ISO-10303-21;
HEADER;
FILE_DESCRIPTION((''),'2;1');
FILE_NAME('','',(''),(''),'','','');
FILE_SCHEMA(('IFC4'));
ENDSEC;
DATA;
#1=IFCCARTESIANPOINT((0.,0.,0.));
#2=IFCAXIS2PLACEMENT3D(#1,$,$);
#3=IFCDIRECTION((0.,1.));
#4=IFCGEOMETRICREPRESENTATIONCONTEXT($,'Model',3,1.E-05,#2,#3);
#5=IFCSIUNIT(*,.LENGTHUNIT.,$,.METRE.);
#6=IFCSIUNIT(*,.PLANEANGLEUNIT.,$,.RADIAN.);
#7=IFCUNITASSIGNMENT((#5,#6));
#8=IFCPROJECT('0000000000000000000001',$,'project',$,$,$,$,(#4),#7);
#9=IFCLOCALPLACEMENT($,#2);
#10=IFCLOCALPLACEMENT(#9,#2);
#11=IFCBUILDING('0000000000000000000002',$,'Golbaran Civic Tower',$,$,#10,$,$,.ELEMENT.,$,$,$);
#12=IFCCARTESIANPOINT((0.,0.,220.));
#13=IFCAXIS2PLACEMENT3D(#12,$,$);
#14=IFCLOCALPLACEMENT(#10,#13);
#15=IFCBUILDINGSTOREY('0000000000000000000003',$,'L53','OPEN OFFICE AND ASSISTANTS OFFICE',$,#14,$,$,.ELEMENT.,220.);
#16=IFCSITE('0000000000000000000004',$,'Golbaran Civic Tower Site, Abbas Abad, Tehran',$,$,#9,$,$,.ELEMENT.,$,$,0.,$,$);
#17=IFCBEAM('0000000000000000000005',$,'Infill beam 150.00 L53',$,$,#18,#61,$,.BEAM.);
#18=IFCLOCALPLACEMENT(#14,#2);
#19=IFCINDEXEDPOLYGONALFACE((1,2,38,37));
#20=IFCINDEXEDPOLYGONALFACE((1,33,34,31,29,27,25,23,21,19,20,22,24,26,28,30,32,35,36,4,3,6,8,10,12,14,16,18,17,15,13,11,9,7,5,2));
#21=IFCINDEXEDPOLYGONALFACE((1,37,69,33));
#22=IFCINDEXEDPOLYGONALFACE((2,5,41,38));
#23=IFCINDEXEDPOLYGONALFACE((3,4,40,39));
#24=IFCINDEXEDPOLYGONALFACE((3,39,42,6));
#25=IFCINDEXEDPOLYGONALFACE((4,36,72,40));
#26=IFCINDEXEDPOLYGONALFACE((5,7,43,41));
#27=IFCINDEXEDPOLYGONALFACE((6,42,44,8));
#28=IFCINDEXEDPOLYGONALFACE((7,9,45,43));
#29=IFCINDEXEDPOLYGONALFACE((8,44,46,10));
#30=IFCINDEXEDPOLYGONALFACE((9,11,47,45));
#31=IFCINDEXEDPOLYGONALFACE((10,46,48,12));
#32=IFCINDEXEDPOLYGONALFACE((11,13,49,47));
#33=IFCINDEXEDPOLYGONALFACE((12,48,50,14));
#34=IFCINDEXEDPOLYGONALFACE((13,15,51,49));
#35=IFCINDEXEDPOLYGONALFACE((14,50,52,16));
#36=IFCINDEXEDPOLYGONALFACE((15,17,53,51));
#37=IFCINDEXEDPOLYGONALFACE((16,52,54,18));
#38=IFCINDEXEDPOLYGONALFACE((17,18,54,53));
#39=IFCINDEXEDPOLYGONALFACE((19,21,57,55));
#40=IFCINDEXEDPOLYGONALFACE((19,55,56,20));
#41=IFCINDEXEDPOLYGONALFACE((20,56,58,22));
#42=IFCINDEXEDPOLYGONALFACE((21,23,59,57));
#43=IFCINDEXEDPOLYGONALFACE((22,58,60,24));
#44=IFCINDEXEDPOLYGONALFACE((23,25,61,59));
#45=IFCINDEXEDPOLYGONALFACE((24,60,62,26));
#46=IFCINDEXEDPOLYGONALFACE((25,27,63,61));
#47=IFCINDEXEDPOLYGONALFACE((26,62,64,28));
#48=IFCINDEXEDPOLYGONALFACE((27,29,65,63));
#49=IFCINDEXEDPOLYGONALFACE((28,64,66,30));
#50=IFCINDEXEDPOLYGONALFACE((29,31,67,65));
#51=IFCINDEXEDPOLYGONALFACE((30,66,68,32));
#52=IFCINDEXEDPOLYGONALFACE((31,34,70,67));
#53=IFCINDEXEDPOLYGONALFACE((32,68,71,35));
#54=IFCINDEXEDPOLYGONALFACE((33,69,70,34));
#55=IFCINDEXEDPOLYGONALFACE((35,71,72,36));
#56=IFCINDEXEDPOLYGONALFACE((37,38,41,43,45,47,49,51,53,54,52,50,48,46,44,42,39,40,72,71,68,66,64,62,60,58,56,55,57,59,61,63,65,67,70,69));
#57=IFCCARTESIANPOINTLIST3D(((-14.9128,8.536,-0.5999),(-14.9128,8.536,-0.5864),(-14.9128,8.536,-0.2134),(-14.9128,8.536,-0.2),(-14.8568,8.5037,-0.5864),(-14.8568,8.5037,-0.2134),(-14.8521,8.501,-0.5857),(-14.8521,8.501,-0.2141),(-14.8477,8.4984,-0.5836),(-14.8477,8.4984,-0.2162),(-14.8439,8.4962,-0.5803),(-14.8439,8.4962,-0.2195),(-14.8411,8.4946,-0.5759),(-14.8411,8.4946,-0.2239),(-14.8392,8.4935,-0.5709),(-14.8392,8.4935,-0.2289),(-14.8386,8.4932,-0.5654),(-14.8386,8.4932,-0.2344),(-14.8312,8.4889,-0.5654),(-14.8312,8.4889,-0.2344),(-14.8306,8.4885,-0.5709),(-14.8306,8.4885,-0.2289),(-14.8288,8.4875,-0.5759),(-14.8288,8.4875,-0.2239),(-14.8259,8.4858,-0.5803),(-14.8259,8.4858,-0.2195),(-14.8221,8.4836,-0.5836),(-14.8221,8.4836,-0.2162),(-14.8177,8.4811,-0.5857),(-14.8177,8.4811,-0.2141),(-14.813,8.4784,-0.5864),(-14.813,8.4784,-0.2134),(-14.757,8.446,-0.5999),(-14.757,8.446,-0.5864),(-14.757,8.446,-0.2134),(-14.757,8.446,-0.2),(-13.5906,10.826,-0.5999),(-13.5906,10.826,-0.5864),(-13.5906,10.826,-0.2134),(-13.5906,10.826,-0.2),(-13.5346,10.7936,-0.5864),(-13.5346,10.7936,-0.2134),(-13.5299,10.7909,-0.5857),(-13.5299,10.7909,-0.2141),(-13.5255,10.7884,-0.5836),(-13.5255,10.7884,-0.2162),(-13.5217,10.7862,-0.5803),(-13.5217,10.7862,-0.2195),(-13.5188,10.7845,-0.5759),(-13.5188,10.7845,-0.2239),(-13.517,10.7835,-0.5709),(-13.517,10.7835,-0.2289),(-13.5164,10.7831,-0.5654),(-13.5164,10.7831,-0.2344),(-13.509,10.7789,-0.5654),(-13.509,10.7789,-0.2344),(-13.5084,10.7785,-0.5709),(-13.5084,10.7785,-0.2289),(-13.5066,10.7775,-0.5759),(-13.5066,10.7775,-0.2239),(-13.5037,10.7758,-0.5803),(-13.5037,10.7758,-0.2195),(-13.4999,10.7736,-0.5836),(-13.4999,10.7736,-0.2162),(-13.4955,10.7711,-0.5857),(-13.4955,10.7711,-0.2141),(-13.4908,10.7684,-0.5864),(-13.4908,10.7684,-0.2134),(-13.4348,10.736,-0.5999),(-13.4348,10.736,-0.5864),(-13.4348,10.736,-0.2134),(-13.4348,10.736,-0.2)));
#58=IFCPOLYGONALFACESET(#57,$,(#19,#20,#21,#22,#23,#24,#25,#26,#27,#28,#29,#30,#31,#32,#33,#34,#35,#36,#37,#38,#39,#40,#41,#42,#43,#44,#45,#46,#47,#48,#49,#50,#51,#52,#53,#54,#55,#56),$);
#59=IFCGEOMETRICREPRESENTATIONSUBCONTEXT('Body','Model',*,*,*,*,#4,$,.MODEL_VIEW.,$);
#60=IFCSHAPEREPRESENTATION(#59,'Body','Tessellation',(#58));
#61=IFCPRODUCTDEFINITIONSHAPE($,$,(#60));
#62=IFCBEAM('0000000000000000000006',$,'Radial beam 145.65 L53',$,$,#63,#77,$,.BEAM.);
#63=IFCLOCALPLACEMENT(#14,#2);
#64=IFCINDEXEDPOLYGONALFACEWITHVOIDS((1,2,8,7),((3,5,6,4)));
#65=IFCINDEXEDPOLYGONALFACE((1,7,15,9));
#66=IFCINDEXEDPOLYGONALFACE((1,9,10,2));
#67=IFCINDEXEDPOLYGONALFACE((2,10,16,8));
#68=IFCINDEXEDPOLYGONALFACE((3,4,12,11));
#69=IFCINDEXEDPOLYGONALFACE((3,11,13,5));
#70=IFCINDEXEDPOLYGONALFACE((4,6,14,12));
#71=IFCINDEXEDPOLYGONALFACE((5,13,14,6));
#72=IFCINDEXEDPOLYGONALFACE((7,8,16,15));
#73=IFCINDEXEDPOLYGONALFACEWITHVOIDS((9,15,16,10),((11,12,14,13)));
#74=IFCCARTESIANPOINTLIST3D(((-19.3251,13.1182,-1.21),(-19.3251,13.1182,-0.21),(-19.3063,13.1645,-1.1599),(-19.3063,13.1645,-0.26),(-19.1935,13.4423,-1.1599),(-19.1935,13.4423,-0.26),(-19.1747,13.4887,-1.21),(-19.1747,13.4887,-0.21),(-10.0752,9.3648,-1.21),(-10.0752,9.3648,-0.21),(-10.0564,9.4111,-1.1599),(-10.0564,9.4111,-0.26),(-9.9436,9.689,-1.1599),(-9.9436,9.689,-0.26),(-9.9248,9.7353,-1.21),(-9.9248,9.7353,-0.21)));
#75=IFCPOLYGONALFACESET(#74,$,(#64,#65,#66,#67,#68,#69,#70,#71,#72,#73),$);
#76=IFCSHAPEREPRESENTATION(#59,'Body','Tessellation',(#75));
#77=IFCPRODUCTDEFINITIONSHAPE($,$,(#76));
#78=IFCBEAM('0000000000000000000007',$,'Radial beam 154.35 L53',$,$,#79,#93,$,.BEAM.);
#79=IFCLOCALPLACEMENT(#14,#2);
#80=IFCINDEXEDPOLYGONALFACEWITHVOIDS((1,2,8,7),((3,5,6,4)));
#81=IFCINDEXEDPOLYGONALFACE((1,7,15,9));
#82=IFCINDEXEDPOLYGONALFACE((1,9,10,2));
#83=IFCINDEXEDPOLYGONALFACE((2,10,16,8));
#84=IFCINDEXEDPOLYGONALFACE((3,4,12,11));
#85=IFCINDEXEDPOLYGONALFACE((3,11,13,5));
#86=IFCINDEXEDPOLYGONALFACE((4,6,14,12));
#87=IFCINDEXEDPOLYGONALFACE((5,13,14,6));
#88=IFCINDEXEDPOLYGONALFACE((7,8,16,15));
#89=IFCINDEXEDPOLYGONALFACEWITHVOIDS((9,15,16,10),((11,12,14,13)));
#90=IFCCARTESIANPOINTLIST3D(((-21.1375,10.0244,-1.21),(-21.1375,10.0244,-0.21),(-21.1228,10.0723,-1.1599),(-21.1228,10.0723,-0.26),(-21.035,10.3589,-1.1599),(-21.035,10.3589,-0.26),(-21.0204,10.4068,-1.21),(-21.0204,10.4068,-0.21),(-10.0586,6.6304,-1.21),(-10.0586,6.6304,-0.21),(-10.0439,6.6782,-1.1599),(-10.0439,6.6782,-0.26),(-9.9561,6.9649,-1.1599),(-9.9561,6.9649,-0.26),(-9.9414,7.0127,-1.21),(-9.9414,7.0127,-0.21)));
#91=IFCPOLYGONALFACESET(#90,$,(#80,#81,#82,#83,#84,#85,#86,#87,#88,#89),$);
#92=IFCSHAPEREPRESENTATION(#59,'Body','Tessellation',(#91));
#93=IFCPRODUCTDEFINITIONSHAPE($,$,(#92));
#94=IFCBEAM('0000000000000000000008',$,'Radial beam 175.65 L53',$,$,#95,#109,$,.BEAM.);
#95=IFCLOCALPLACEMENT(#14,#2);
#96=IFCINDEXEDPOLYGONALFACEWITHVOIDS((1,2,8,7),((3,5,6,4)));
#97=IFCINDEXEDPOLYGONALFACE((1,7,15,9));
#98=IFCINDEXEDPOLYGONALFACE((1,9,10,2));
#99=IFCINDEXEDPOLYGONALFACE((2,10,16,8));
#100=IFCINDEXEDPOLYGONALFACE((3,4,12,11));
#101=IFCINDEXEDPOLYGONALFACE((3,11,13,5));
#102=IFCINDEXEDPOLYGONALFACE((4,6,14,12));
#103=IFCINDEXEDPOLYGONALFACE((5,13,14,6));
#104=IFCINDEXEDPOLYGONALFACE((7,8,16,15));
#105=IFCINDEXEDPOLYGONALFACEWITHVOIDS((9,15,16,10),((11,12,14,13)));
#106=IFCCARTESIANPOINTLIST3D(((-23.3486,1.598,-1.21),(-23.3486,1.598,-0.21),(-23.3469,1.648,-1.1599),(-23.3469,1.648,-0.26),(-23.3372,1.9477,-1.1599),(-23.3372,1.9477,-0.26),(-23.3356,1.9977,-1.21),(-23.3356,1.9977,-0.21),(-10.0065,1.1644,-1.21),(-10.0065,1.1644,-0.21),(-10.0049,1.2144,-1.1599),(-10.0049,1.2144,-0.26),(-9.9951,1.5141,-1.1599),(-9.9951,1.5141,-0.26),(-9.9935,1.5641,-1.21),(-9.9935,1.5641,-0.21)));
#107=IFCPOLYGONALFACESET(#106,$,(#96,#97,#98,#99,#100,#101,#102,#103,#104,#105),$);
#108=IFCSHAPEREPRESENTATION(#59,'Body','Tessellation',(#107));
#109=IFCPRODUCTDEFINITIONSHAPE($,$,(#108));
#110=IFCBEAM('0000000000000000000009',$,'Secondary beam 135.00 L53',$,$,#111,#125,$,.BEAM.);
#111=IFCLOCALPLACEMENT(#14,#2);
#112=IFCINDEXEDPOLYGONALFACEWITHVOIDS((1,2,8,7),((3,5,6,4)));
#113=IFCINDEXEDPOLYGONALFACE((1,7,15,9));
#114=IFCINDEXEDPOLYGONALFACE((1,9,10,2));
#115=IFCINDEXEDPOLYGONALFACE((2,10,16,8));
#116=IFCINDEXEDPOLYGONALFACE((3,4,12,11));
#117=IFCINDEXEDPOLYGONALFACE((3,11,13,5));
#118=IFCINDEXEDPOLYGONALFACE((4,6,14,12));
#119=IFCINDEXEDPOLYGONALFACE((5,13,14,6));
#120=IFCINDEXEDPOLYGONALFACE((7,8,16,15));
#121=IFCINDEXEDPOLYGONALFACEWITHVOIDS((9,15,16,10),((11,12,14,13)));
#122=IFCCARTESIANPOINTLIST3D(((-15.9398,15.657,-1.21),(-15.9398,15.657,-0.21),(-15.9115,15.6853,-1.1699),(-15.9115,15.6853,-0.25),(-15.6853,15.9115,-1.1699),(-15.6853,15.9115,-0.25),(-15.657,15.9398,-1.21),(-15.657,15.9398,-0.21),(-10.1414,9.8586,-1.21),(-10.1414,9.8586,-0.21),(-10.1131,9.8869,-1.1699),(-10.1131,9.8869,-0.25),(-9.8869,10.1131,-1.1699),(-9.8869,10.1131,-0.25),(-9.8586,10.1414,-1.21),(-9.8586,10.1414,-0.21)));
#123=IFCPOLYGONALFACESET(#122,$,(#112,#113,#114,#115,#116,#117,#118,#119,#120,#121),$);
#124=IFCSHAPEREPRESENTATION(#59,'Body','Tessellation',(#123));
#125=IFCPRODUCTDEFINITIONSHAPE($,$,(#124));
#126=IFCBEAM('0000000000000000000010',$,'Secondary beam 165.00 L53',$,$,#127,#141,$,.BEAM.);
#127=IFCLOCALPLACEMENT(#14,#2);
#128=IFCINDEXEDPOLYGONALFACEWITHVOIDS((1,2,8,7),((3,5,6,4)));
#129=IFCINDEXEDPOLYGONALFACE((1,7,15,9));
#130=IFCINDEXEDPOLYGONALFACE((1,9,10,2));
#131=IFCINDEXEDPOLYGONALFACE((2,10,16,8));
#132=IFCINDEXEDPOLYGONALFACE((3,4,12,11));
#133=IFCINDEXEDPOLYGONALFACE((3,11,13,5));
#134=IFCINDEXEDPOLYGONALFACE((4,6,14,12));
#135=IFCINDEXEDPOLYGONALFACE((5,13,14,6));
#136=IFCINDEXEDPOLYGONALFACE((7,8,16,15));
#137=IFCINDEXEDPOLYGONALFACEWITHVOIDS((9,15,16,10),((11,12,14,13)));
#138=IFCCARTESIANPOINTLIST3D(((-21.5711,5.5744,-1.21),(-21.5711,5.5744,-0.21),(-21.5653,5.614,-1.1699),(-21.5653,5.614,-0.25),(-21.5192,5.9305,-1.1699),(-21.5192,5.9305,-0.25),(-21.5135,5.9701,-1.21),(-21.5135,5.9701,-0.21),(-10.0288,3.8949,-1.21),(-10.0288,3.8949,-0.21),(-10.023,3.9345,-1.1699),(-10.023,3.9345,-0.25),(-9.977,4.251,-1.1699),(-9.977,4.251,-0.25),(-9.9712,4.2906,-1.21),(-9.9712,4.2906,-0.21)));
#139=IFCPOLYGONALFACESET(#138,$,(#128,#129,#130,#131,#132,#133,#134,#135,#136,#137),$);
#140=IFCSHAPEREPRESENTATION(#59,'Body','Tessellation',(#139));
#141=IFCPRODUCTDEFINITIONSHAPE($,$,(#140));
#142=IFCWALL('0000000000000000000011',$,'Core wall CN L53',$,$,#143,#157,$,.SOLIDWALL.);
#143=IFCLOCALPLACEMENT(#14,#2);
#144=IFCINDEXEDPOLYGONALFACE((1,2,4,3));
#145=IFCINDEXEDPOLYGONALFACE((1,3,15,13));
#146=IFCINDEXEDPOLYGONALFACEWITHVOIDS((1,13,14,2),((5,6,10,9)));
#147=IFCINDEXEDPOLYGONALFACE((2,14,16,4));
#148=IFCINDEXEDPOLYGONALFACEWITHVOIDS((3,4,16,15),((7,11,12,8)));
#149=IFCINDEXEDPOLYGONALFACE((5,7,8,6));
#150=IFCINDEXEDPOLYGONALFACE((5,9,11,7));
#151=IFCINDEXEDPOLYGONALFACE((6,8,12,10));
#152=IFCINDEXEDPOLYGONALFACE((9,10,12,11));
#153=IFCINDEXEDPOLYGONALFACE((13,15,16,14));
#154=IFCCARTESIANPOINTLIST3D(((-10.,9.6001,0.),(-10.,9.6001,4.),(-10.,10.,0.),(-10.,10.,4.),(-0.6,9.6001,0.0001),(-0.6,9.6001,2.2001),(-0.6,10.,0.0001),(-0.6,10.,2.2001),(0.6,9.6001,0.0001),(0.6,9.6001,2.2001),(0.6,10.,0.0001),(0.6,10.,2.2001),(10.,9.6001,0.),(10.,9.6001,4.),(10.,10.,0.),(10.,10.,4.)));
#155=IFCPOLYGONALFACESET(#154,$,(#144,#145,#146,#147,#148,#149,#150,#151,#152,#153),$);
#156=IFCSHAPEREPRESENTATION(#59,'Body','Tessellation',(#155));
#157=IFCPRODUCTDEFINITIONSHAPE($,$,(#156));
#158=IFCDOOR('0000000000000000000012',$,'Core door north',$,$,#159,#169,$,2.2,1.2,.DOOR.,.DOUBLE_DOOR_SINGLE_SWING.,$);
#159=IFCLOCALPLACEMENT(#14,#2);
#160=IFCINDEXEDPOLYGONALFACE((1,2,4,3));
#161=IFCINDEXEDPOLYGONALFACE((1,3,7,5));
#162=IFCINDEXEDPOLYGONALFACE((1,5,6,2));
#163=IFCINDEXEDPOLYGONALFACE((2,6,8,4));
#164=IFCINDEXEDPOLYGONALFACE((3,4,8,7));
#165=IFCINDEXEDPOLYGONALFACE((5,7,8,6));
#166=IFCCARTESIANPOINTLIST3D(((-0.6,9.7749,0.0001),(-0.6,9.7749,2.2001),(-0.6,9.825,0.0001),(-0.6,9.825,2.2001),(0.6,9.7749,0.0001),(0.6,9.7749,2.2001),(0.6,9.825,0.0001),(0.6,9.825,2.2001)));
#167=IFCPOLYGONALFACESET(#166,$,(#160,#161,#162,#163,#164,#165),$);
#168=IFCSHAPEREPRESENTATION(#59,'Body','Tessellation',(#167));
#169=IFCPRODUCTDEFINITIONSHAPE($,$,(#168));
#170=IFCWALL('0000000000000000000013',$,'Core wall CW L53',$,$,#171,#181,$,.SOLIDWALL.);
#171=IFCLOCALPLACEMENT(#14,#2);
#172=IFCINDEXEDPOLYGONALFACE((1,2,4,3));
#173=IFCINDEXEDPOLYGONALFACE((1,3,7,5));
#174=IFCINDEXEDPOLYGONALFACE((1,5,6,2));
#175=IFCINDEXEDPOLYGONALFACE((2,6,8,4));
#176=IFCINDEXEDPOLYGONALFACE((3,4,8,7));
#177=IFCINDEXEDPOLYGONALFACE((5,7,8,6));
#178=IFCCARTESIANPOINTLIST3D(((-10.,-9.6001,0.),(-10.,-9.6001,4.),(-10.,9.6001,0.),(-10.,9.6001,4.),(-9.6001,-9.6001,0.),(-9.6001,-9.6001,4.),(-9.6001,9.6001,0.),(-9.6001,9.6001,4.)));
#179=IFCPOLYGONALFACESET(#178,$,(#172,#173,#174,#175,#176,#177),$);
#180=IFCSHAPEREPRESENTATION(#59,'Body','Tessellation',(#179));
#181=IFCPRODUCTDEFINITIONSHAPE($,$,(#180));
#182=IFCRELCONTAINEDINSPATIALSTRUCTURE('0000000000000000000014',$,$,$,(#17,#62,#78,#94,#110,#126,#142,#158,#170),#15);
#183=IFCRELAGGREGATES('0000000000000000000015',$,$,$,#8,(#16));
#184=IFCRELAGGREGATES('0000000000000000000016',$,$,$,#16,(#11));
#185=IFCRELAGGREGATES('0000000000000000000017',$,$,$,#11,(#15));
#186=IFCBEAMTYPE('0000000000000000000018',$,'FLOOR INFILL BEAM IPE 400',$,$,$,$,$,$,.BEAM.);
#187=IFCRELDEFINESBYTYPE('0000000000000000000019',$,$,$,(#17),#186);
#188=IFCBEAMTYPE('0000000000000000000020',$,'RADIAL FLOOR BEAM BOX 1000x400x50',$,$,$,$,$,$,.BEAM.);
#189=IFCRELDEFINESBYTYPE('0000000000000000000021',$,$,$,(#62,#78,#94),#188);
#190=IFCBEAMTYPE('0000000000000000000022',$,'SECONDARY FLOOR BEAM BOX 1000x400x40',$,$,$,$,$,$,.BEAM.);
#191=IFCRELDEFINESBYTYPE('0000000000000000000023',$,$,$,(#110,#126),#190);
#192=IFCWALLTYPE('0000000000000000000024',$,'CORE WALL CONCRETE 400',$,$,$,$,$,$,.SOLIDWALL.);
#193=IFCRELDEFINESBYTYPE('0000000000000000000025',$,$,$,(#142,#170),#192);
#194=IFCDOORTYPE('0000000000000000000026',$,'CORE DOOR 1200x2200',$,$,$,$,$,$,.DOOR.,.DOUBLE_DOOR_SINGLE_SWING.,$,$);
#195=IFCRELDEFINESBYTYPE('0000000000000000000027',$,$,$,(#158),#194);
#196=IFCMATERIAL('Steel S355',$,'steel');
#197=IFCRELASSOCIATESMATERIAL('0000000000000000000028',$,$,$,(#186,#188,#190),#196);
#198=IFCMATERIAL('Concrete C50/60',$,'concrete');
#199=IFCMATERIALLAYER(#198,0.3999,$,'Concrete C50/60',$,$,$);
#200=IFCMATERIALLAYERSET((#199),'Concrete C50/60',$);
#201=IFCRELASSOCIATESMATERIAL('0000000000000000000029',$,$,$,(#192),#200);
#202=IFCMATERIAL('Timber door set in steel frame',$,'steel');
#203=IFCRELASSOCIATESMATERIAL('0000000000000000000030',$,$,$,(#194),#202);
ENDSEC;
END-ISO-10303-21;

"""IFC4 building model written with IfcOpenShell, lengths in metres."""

from ifc_helpers import new_model, si_unit, direction, frame, frame_2d, origin, origin_2d, place, context, subcontext, project, spatial, rectangle, hollow_rectangle, i_section, extrude, material, layer, layer_set, material_profile, profile_set, type_object, element, fill, save


model = new_model("IFC4")

# Units and contexts
model_context = context("Model", 3, precision=1e-05, world=origin(), true_north=direction((0.0, 1.0)))
body_context = subcontext(model_context, "Body", "Model", "MODEL_VIEW")
ifc_project = project(units=[si_unit("LENGTHUNIT", "METRE"), si_unit("PLANEANGLEUNIT", "RADIAN")], contexts=[model_context])

# Site, building, storey
site_placement = place(None, origin())
site = spatial("IfcSite", under=ifc_project, at=site_placement, Name="Golbaran Civic Tower Site, Abbas Abad, Tehran", CompositionType="ELEMENT", RefElevation=0.0)
building_placement = place(site_placement, origin())
building = spatial("IfcBuilding", under=site, at=building_placement, Name="Golbaran Civic Tower", CompositionType="ELEMENT")
storey_placement = place(building_placement, frame((0.0, 0.0, 220.0)))
storey = spatial("IfcBuildingStorey", under=building, at=storey_placement, Name="L53", Description="OPEN OFFICE AND ASSISTANTS OFFICE", CompositionType="ELEMENT", Elevation=220.0)

# Beams
ifc_material_1 = material(Name="Steel S355", Category="steel")
ifc_material_profile_1 = material_profile(ifc_material_1, i_section(OverallWidth=0.1799, OverallDepth=0.3999, WebThickness=0.0085, FlangeThickness=0.0134, FilletRadius=0.021, at=origin_2d()), Name="IPE 400")
ifc_profile_set_1 = profile_set([ifc_material_profile_1], Name="Steel S355")
beam_type_1 = type_object("IfcBeamType", Name="FLOOR INFILL BEAM IPE 400", PredefinedType="BEAM", material=ifc_profile_set_1)
beam_1_placement = place(storey_placement, frame((-13.5127, 10.781, -0.3999), z_axis=(-0.500031, -0.866007, 0.0), x_axis=(0.866007, -0.500031, 0.0)))
element("IfcBeam", 1, at=beam_1_placement, inside=storey, type_object=beam_type_1, Name="Infill beam 150.00 L53", PredefinedType="BEAM", context=body_context, shape_type="SweptSolid", body=[
    extrude(i_section(OverallWidth=0.1799, OverallDepth=0.3999, WebThickness=0.0085, FlangeThickness=0.0134, FilletRadius=0.021, at=origin_2d()), origin(), (0.0, 0.0, 1.0), 2.6443),
])
ifc_material_profile_2 = material_profile(ifc_material_1, hollow_rectangle(XDim=0.3999, YDim=1.0, WallThickness=0.05, at=origin_2d()), Name="BOX 1000x400x50")
ifc_profile_set_2 = profile_set([ifc_material_profile_2], Name="Steel S355")
beam_type_2 = type_object("IfcBeamType", Name="RADIAL FLOOR BEAM BOX 1000x400x50", PredefinedType="BEAM", material=ifc_profile_set_2)
beam_2_placement = place(storey_placement, frame((-10.0, 9.55, -0.71), z_axis=(-0.92662, 0.375999, 0.0), x_axis=(-0.375999, -0.92662, 0.0)))
element("IfcBeam", 2, at=beam_2_placement, inside=storey, type_object=beam_type_2, Name="Radial beam 145.65 L53", PredefinedType="BEAM", context=body_context, shape_type="SweptSolid", body=[
    extrude(hollow_rectangle(XDim=0.3999, YDim=1.0, WallThickness=0.05, at=origin_2d()), origin(), (0.0, 0.0, 1.0), 9.9824),
])
beam_3_placement = place(storey_placement, frame((-10.0, 6.8215, -0.71), z_axis=(-0.956138, 0.292916, 0.0), x_axis=(-0.292916, -0.956138, 0.0)))
element("IfcBeam", 3, at=beam_3_placement, inside=storey, type_object=beam_type_2, Name="Radial beam 154.35 L53", PredefinedType="BEAM", context=body_context, shape_type="SweptSolid", body=[
    extrude(hollow_rectangle(XDim=0.3999, YDim=1.0, WallThickness=0.05, at=origin_2d()), origin(), (0.0, 0.0, 1.0), 11.5872),
])
beam_4_placement = place(storey_placement, frame((-10.0, 1.3643, -0.71), z_axis=(-0.999472, 0.032481, 0.0), x_axis=(-0.032481, -0.999472, 0.0)))
element("IfcBeam", 4, at=beam_4_placement, inside=storey, type_object=beam_type_2, Name="Radial beam 175.65 L53", PredefinedType="BEAM", context=body_context, shape_type="SweptSolid", body=[
    extrude(hollow_rectangle(XDim=0.3999, YDim=1.0, WallThickness=0.05, at=origin_2d()), origin(), (0.0, 0.0, 1.0), 13.3491),
])
ifc_material_profile_3 = material_profile(ifc_material_1, hollow_rectangle(XDim=0.3999, YDim=1.0, WallThickness=0.04, at=origin_2d()), Name="BOX 1000x400x40")
ifc_profile_set_3 = profile_set([ifc_material_profile_3], Name="Steel S355")
beam_type_3 = type_object("IfcBeamType", Name="SECONDARY FLOOR BEAM BOX 1000x400x40", PredefinedType="BEAM", material=ifc_profile_set_3)
beam_5_placement = place(storey_placement, frame((-10.0, 10.0, -0.71), z_axis=(-0.707107, 0.707107, 0.0), x_axis=(-0.707107, -0.707107, 0.0)))
element("IfcBeam", 5, at=beam_5_placement, inside=storey, type_object=beam_type_3, Name="Secondary beam 135.00 L53", PredefinedType="BEAM", context=body_context, shape_type="SweptSolid", body=[
    extrude(hollow_rectangle(XDim=0.3999, YDim=1.0, WallThickness=0.04, at=origin_2d()), origin(), (0.0, 0.0, 1.0), 8.2002),
])
beam_6_placement = place(storey_placement, frame((-10.0, 4.0928, -0.71), z_axis=(-0.989579, 0.143988, 0.0), x_axis=(-0.143988, -0.989579, 0.0)))
element("IfcBeam", 6, at=beam_6_placement, inside=storey, type_object=beam_type_3, Name="Secondary beam 165.00 L53", PredefinedType="BEAM", context=body_context, shape_type="SweptSolid", body=[
    extrude(hollow_rectangle(XDim=0.3999, YDim=1.0, WallThickness=0.04, at=origin_2d()), origin(), (0.0, 0.0, 1.0), 11.6638),
])

# Wall, opening, door
ifc_material_2 = material(Name="Concrete C50/60", Category="concrete")
ifc_layer_1 = layer(ifc_material_2, 0.3999, Name="Concrete C50/60")
ifc_layer_set_1 = layer_set([ifc_layer_1], Name="Concrete C50/60")
wall_type_1 = type_object("IfcWallType", Name="CORE WALL CONCRETE 400", PredefinedType="SOLIDWALL", material=ifc_layer_set_1)
wall_1_placement = place(storey_placement, frame((-10.0, 9.8, 0.0), z_axis=(0.0, 0.0, 1.0), x_axis=(1.0, 0.0, 0.0)))
wall_1 = element("IfcWall", 7, at=wall_1_placement, inside=storey, type_object=wall_type_1, Name="Core wall CN L53", PredefinedType="SOLIDWALL", context=body_context, shape_type="SweptSolid", body=[
    extrude(rectangle(XDim=20.0, YDim=0.3999, at=frame_2d((10.0, 0.0))), origin(), (0.0, 0.0, 1.0), 4.0),
])
opening_1_placement = place(wall_1_placement, frame((9.3999, 0.0, 0.0)))
opening_1 = element("IfcOpeningElement", 8, at=opening_1_placement, cuts=wall_1, PredefinedType="OPENING", context=body_context, shape_type="SweptSolid", body=[
    extrude(rectangle(XDim=1.2, YDim=2.2, at=frame_2d((0.6001, 1.1001))), frame((0.0, 0.21, 0.0), z_axis=(0.0, -1.0, 0.0), x_axis=(1.0, 0.0, 0.0)), (0.0, 0.0, 1.0), 0.4199),
])
ifc_material_3 = material(Name="Timber door set in steel frame", Category="steel")
door_type_1 = type_object("IfcDoorType", Name="CORE DOOR 1200x2200", OperationType="DOUBLE_DOOR_SINGLE_SWING", PredefinedType="DOOR", material=ifc_material_3)
door_1_placement = place(opening_1_placement, origin())
door_1 = element("IfcDoor", 9, at=door_1_placement, inside=storey, type_object=door_type_1, Name="Core door north", OperationType="DOUBLE_DOOR_SINGLE_SWING", OverallHeight=2.2, OverallWidth=1.2, PredefinedType="DOOR", context=body_context, shape_type="SweptSolid", body=[
    extrude(rectangle(XDim=1.2, YDim=2.2, at=frame_2d((0.6001, 1.1001))), frame((0.0, 0.0249, 0.0), z_axis=(0.0, -1.0, 0.0), x_axis=(1.0, 0.0, 0.0)), (0.0, 0.0, 1.0), 0.05),
])
fill(opening_1, door_1)

# Wall
wall_2_placement = place(storey_placement, frame((-9.8, 9.6001, 0.0), z_axis=(0.0, 0.0, 1.0), x_axis=(0.0, -1.0, 0.0)))
element("IfcWall", 10, at=wall_2_placement, inside=storey, type_object=wall_type_1, Name="Core wall CW L53", PredefinedType="SOLIDWALL", context=body_context, shape_type="SweptSolid", body=[
    extrude(rectangle(XDim=19.2002, YDim=0.3999, at=frame_2d((9.6001, 0.0))), origin(), (0.0, 0.0, 1.0), 4.0),
])

save(model, "model.ifc")
